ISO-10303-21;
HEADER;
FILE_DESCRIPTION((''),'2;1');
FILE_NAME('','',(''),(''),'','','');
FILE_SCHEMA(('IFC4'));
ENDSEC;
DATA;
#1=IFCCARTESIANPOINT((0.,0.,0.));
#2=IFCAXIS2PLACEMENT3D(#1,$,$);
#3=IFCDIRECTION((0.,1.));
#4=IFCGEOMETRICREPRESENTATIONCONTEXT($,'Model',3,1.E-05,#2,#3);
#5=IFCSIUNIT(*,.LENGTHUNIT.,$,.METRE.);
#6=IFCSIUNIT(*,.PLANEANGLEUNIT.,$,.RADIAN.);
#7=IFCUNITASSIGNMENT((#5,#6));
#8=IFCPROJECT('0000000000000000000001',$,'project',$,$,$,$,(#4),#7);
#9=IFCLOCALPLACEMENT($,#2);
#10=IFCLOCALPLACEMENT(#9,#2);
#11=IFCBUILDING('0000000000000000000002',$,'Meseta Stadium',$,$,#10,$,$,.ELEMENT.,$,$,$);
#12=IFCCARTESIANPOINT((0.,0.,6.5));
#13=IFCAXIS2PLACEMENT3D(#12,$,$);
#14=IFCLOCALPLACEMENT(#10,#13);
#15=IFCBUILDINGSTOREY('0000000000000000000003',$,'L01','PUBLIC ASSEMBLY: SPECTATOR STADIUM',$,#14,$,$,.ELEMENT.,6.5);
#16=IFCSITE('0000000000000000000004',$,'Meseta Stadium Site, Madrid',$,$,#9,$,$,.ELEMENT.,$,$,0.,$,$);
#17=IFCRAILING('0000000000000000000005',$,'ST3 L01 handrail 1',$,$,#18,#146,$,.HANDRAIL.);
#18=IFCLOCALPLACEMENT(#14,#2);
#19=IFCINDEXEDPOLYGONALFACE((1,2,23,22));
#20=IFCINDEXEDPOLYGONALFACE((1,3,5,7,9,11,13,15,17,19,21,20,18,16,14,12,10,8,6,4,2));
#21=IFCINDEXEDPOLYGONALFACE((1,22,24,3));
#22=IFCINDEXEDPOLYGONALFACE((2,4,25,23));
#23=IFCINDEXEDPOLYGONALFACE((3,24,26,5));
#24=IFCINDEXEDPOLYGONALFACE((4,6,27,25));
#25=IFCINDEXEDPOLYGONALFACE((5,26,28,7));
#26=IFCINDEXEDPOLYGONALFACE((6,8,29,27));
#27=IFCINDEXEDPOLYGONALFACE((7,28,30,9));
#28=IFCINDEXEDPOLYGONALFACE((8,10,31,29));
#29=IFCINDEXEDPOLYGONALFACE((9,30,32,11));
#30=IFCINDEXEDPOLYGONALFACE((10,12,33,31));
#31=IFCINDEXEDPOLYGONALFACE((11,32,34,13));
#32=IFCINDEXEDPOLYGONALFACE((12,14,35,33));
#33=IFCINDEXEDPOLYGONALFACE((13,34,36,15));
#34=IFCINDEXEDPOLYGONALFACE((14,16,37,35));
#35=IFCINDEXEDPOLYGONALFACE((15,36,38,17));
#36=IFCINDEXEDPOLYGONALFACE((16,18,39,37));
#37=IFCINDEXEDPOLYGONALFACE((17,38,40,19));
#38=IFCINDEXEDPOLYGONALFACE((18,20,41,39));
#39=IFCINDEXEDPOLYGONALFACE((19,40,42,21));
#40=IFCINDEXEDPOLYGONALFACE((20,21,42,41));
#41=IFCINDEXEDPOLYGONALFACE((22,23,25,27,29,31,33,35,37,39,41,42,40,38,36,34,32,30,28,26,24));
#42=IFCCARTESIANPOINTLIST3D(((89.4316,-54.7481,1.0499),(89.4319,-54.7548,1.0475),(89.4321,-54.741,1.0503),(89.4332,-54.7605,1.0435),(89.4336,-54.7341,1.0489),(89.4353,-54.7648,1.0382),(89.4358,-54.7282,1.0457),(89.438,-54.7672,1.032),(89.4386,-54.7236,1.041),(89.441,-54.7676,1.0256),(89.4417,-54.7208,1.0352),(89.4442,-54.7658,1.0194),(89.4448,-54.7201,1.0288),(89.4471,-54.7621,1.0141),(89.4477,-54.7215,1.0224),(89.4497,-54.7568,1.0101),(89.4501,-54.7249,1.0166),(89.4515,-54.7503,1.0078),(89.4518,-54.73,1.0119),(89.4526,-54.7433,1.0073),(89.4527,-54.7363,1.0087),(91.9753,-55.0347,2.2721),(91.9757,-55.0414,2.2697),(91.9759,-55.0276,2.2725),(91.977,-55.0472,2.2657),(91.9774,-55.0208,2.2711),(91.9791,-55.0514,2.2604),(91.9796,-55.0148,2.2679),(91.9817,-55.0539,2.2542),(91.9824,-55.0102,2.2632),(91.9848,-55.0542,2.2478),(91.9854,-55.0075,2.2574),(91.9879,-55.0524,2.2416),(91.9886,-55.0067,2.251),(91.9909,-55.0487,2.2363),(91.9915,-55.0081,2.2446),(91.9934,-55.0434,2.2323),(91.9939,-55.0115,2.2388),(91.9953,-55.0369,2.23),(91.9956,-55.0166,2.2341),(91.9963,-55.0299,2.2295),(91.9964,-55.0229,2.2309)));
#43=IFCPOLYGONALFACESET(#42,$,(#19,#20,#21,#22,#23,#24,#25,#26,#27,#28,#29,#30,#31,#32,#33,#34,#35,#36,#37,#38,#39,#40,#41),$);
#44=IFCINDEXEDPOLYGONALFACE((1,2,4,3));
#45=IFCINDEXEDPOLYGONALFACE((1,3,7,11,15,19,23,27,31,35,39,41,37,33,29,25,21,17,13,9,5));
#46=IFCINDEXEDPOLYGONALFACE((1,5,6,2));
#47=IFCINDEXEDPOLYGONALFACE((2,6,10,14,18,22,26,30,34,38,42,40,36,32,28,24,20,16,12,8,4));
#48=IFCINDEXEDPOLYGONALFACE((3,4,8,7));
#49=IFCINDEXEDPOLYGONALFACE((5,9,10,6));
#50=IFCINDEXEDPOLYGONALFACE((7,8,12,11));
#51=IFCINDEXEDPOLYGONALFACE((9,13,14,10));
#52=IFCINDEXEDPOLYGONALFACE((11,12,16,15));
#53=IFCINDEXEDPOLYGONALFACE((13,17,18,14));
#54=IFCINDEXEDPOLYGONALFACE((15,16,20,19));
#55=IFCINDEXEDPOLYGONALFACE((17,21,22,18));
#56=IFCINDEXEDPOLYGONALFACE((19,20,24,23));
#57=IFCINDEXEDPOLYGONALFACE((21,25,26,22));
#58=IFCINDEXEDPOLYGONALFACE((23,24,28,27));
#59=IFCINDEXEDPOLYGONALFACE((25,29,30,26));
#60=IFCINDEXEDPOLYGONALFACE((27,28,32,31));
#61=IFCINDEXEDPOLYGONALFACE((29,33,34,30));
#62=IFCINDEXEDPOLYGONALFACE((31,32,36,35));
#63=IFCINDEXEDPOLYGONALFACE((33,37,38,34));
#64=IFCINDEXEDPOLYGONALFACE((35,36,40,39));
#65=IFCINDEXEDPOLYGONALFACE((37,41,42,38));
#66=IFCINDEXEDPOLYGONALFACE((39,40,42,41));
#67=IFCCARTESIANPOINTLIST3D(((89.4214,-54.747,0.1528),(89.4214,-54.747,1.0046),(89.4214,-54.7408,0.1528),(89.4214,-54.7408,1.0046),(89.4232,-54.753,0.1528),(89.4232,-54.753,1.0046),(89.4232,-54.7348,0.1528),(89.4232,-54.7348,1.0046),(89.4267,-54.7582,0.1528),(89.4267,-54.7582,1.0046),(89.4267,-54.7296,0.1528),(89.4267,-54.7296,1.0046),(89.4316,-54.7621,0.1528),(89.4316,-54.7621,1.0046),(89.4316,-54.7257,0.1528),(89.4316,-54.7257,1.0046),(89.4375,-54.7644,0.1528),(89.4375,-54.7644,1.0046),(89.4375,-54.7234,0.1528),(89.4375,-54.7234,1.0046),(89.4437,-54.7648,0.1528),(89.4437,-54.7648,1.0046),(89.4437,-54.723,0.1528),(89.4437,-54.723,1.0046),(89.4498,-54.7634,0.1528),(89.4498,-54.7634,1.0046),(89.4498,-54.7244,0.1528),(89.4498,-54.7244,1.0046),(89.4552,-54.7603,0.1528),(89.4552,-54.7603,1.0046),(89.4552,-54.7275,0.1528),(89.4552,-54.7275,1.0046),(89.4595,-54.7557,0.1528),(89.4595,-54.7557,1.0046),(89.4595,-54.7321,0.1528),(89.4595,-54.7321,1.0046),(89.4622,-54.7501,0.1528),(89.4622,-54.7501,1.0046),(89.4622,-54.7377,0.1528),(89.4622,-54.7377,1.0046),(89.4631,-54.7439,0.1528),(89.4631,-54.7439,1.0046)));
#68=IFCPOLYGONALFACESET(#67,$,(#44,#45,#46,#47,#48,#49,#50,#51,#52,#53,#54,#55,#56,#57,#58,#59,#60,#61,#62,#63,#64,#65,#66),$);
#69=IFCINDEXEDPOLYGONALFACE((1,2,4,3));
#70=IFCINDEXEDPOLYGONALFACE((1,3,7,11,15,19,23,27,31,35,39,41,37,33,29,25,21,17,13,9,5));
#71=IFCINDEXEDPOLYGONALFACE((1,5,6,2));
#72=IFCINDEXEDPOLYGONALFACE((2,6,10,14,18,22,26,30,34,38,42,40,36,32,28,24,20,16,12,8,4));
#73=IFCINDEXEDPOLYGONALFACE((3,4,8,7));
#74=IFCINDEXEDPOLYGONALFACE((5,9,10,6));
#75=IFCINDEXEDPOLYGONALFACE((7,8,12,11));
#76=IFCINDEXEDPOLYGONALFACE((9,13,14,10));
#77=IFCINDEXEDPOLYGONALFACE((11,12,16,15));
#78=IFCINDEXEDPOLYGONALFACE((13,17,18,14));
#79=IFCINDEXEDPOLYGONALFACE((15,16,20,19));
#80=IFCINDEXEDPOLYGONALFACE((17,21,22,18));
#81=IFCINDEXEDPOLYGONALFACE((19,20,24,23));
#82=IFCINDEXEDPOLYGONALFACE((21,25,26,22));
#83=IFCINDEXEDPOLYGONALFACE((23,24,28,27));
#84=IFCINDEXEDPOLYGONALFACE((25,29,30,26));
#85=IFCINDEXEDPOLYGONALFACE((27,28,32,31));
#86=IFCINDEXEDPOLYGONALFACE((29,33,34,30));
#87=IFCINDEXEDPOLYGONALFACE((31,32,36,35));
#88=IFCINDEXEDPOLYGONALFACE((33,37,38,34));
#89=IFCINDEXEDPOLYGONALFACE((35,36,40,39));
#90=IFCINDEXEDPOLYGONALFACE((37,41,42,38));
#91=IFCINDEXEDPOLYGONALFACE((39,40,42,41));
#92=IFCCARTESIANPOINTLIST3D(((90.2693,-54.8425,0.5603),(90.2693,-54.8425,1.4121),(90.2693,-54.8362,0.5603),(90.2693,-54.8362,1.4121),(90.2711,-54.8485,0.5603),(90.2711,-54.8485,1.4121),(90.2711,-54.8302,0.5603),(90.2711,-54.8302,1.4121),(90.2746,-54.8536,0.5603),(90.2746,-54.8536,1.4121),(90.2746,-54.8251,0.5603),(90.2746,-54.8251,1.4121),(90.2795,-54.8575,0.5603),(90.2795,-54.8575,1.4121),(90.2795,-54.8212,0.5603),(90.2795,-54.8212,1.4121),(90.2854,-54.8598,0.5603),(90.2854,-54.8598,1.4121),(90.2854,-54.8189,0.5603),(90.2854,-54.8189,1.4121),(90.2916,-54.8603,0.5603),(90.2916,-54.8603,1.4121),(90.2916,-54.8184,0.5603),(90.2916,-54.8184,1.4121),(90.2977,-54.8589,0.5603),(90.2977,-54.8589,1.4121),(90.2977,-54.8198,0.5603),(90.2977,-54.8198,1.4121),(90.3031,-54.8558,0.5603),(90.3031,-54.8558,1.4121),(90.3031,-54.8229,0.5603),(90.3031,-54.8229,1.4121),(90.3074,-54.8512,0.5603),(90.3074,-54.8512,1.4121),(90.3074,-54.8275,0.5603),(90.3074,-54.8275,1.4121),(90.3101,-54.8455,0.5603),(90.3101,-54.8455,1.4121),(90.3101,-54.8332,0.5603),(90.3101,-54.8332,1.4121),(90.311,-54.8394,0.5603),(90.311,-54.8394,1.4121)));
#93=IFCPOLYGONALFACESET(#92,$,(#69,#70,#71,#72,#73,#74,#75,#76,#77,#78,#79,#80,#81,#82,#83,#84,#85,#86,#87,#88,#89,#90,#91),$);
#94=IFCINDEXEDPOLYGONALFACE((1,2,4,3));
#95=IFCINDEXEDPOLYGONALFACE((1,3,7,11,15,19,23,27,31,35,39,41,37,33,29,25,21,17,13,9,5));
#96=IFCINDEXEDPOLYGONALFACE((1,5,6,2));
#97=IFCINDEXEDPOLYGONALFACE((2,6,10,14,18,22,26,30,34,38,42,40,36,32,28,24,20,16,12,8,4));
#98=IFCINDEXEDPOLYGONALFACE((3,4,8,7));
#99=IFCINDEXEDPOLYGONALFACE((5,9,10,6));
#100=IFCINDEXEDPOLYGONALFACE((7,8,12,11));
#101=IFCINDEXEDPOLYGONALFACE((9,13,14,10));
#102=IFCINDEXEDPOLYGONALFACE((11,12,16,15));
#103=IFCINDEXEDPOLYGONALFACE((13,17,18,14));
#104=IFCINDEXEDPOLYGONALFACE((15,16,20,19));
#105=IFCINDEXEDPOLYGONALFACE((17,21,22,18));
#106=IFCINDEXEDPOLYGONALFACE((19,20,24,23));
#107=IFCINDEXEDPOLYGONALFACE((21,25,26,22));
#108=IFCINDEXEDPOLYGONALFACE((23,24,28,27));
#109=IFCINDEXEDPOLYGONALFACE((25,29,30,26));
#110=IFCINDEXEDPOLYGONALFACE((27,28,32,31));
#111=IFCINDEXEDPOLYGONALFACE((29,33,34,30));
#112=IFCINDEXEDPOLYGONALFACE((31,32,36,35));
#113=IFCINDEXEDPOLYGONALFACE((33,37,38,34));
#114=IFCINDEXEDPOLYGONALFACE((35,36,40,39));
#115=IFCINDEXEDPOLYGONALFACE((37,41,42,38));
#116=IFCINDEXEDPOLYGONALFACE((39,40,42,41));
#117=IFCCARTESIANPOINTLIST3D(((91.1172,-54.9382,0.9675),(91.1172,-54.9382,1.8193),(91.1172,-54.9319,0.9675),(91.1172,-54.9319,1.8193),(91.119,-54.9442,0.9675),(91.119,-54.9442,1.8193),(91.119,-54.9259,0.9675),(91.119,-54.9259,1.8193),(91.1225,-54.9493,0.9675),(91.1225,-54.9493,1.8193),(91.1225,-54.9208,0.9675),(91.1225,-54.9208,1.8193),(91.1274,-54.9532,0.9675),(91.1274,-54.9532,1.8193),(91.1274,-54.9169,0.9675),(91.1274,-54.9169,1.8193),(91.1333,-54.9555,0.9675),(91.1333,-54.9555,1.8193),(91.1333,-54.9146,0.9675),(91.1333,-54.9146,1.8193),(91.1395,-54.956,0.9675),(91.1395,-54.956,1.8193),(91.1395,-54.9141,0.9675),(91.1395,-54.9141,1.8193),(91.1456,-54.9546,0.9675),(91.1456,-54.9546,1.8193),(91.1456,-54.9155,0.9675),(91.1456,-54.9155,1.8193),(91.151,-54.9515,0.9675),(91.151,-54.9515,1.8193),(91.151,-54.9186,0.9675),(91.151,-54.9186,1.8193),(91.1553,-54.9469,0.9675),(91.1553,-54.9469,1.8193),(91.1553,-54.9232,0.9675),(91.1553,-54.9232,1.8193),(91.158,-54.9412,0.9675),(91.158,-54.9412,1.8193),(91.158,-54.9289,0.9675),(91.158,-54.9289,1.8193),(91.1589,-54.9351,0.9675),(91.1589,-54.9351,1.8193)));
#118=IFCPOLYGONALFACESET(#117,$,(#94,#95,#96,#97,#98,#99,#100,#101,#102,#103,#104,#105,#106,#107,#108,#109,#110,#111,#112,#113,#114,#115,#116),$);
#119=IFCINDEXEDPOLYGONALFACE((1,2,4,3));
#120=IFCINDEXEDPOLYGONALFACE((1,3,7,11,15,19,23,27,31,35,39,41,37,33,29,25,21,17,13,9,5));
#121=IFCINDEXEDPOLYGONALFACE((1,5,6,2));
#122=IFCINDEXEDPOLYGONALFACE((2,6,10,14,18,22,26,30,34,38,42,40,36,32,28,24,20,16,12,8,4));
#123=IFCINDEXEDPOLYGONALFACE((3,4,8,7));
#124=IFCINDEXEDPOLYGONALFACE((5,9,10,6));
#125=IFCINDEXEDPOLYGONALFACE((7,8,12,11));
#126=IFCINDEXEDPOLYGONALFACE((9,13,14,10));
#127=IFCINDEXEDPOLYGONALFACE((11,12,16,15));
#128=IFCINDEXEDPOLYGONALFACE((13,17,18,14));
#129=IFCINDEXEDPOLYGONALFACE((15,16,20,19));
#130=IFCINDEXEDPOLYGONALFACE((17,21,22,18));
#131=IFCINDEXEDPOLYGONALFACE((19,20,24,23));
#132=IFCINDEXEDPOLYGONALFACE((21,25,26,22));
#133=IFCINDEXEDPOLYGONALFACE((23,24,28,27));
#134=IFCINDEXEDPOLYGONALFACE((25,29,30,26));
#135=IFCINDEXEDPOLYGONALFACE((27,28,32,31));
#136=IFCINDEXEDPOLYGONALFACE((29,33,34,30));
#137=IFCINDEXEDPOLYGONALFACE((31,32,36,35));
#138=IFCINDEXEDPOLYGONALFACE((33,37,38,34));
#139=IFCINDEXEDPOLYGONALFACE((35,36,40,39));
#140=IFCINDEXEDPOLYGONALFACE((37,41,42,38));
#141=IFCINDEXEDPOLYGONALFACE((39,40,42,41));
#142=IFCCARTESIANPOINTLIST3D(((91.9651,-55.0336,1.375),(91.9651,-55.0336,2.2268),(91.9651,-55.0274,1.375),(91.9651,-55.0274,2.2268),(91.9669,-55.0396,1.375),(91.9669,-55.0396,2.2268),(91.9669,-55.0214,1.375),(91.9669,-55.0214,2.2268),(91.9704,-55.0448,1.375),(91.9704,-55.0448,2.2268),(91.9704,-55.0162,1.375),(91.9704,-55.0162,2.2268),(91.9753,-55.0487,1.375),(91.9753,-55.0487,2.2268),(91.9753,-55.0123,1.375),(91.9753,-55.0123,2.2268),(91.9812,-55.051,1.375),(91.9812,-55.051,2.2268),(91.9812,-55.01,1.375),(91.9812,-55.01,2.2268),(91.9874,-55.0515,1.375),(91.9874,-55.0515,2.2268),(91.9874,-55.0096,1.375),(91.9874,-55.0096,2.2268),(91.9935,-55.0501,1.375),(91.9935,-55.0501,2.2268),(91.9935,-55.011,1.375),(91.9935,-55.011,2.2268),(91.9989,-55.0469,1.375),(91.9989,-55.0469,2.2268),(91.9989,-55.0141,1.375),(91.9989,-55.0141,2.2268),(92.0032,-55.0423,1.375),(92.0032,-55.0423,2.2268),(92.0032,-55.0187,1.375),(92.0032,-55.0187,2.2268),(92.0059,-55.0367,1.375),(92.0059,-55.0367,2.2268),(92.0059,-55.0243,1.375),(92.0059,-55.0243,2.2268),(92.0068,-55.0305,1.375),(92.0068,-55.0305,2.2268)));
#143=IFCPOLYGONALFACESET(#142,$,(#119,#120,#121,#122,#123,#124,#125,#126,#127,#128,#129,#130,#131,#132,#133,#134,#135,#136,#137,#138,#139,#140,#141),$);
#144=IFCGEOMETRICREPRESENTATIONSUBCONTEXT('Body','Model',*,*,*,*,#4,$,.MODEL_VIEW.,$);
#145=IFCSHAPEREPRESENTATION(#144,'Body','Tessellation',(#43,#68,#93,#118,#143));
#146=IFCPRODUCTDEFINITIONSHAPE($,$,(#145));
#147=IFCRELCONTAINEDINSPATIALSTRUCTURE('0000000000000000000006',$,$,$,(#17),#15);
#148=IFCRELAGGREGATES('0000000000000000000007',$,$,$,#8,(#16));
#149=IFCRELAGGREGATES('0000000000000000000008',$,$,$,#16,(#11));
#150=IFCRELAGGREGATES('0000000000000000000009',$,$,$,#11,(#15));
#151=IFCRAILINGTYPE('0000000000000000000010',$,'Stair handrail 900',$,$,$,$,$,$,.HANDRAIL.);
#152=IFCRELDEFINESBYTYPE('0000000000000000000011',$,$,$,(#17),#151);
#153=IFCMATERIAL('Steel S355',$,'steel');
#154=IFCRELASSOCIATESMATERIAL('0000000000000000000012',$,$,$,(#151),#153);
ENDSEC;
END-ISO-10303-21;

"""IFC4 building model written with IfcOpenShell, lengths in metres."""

from ifc_helpers import new_model, si_unit, direction, frame, origin, origin_2d, place, context, subcontext, project, spatial, circle, extrude, material, type_object, element, save


model = new_model("IFC4")

# Units and contexts
model_context = context("Model", 3, precision=1e-05, world=origin(), true_north=direction((0.0, 1.0)))
body_context = subcontext(model_context, "Body", "Model", "MODEL_VIEW")
ifc_project = project(units=[si_unit("LENGTHUNIT", "METRE"), si_unit("PLANEANGLEUNIT", "RADIAN")], contexts=[model_context])

# Site, building, storey
site_placement = place(None, origin())
site = spatial("IfcSite", under=ifc_project, at=site_placement, Name="Meseta Stadium Site, Madrid", CompositionType="ELEMENT", RefElevation=0.0)
building_placement = place(site_placement, origin())
building = spatial("IfcBuilding", under=site, at=building_placement, Name="Meseta Stadium", CompositionType="ELEMENT")
storey_placement = place(building_placement, frame((0.0, 0.0, 6.5)))
storey = spatial("IfcBuildingStorey", under=building, at=storey_placement, Name="L01", Description="PUBLIC ASSEMBLY: SPECTATOR STADIUM", CompositionType="ELEMENT", Elevation=6.5)

# Railing
ifc_material_1 = material(Name="Steel S355", Category="steel")
railing_type_1 = type_object("IfcRailingType", Name="Stair handrail 900", PredefinedType="HANDRAIL", material=ifc_material_1)
railing_1_placement = place(storey_placement, frame((89.4421, -54.7439, 0.1528)))
element("IfcRailing", 1, at=railing_1_placement, inside=storey, type_object=railing_type_1, Name="ST3 L01 handrail 1", PredefinedType="HANDRAIL", context=body_context, shape_type="SweptSolid", body=[
    extrude(circle(Radius=0.0239, at=origin_2d()), frame((0.0, 0.0, 0.876), z_axis=(0.896745, -0.101044, 0.430858), x_axis=(0.11197, 0.993712, 0.0)), (0.0, 0.0, 1.0), 2.8367),
    extrude(circle(Radius=0.021, at=origin_2d()), origin(), (0.0, 0.0, 1.0), 0.8518),
    extrude(circle(Radius=0.021, at=origin_2d()), frame((0.8479, -0.0955, 0.4075)), (0.0, 0.0, 1.0), 0.8518),
    extrude(circle(Radius=0.021, at=origin_2d()), frame((1.6958, -0.1912, 0.8147)), (0.0, 0.0, 1.0), 0.8518),
    extrude(circle(Radius=0.021, at=origin_2d()), frame((2.5437, -0.2866, 1.2222)), (0.0, 0.0, 1.0), 0.8518),
])

save(model, "model.ifc")
